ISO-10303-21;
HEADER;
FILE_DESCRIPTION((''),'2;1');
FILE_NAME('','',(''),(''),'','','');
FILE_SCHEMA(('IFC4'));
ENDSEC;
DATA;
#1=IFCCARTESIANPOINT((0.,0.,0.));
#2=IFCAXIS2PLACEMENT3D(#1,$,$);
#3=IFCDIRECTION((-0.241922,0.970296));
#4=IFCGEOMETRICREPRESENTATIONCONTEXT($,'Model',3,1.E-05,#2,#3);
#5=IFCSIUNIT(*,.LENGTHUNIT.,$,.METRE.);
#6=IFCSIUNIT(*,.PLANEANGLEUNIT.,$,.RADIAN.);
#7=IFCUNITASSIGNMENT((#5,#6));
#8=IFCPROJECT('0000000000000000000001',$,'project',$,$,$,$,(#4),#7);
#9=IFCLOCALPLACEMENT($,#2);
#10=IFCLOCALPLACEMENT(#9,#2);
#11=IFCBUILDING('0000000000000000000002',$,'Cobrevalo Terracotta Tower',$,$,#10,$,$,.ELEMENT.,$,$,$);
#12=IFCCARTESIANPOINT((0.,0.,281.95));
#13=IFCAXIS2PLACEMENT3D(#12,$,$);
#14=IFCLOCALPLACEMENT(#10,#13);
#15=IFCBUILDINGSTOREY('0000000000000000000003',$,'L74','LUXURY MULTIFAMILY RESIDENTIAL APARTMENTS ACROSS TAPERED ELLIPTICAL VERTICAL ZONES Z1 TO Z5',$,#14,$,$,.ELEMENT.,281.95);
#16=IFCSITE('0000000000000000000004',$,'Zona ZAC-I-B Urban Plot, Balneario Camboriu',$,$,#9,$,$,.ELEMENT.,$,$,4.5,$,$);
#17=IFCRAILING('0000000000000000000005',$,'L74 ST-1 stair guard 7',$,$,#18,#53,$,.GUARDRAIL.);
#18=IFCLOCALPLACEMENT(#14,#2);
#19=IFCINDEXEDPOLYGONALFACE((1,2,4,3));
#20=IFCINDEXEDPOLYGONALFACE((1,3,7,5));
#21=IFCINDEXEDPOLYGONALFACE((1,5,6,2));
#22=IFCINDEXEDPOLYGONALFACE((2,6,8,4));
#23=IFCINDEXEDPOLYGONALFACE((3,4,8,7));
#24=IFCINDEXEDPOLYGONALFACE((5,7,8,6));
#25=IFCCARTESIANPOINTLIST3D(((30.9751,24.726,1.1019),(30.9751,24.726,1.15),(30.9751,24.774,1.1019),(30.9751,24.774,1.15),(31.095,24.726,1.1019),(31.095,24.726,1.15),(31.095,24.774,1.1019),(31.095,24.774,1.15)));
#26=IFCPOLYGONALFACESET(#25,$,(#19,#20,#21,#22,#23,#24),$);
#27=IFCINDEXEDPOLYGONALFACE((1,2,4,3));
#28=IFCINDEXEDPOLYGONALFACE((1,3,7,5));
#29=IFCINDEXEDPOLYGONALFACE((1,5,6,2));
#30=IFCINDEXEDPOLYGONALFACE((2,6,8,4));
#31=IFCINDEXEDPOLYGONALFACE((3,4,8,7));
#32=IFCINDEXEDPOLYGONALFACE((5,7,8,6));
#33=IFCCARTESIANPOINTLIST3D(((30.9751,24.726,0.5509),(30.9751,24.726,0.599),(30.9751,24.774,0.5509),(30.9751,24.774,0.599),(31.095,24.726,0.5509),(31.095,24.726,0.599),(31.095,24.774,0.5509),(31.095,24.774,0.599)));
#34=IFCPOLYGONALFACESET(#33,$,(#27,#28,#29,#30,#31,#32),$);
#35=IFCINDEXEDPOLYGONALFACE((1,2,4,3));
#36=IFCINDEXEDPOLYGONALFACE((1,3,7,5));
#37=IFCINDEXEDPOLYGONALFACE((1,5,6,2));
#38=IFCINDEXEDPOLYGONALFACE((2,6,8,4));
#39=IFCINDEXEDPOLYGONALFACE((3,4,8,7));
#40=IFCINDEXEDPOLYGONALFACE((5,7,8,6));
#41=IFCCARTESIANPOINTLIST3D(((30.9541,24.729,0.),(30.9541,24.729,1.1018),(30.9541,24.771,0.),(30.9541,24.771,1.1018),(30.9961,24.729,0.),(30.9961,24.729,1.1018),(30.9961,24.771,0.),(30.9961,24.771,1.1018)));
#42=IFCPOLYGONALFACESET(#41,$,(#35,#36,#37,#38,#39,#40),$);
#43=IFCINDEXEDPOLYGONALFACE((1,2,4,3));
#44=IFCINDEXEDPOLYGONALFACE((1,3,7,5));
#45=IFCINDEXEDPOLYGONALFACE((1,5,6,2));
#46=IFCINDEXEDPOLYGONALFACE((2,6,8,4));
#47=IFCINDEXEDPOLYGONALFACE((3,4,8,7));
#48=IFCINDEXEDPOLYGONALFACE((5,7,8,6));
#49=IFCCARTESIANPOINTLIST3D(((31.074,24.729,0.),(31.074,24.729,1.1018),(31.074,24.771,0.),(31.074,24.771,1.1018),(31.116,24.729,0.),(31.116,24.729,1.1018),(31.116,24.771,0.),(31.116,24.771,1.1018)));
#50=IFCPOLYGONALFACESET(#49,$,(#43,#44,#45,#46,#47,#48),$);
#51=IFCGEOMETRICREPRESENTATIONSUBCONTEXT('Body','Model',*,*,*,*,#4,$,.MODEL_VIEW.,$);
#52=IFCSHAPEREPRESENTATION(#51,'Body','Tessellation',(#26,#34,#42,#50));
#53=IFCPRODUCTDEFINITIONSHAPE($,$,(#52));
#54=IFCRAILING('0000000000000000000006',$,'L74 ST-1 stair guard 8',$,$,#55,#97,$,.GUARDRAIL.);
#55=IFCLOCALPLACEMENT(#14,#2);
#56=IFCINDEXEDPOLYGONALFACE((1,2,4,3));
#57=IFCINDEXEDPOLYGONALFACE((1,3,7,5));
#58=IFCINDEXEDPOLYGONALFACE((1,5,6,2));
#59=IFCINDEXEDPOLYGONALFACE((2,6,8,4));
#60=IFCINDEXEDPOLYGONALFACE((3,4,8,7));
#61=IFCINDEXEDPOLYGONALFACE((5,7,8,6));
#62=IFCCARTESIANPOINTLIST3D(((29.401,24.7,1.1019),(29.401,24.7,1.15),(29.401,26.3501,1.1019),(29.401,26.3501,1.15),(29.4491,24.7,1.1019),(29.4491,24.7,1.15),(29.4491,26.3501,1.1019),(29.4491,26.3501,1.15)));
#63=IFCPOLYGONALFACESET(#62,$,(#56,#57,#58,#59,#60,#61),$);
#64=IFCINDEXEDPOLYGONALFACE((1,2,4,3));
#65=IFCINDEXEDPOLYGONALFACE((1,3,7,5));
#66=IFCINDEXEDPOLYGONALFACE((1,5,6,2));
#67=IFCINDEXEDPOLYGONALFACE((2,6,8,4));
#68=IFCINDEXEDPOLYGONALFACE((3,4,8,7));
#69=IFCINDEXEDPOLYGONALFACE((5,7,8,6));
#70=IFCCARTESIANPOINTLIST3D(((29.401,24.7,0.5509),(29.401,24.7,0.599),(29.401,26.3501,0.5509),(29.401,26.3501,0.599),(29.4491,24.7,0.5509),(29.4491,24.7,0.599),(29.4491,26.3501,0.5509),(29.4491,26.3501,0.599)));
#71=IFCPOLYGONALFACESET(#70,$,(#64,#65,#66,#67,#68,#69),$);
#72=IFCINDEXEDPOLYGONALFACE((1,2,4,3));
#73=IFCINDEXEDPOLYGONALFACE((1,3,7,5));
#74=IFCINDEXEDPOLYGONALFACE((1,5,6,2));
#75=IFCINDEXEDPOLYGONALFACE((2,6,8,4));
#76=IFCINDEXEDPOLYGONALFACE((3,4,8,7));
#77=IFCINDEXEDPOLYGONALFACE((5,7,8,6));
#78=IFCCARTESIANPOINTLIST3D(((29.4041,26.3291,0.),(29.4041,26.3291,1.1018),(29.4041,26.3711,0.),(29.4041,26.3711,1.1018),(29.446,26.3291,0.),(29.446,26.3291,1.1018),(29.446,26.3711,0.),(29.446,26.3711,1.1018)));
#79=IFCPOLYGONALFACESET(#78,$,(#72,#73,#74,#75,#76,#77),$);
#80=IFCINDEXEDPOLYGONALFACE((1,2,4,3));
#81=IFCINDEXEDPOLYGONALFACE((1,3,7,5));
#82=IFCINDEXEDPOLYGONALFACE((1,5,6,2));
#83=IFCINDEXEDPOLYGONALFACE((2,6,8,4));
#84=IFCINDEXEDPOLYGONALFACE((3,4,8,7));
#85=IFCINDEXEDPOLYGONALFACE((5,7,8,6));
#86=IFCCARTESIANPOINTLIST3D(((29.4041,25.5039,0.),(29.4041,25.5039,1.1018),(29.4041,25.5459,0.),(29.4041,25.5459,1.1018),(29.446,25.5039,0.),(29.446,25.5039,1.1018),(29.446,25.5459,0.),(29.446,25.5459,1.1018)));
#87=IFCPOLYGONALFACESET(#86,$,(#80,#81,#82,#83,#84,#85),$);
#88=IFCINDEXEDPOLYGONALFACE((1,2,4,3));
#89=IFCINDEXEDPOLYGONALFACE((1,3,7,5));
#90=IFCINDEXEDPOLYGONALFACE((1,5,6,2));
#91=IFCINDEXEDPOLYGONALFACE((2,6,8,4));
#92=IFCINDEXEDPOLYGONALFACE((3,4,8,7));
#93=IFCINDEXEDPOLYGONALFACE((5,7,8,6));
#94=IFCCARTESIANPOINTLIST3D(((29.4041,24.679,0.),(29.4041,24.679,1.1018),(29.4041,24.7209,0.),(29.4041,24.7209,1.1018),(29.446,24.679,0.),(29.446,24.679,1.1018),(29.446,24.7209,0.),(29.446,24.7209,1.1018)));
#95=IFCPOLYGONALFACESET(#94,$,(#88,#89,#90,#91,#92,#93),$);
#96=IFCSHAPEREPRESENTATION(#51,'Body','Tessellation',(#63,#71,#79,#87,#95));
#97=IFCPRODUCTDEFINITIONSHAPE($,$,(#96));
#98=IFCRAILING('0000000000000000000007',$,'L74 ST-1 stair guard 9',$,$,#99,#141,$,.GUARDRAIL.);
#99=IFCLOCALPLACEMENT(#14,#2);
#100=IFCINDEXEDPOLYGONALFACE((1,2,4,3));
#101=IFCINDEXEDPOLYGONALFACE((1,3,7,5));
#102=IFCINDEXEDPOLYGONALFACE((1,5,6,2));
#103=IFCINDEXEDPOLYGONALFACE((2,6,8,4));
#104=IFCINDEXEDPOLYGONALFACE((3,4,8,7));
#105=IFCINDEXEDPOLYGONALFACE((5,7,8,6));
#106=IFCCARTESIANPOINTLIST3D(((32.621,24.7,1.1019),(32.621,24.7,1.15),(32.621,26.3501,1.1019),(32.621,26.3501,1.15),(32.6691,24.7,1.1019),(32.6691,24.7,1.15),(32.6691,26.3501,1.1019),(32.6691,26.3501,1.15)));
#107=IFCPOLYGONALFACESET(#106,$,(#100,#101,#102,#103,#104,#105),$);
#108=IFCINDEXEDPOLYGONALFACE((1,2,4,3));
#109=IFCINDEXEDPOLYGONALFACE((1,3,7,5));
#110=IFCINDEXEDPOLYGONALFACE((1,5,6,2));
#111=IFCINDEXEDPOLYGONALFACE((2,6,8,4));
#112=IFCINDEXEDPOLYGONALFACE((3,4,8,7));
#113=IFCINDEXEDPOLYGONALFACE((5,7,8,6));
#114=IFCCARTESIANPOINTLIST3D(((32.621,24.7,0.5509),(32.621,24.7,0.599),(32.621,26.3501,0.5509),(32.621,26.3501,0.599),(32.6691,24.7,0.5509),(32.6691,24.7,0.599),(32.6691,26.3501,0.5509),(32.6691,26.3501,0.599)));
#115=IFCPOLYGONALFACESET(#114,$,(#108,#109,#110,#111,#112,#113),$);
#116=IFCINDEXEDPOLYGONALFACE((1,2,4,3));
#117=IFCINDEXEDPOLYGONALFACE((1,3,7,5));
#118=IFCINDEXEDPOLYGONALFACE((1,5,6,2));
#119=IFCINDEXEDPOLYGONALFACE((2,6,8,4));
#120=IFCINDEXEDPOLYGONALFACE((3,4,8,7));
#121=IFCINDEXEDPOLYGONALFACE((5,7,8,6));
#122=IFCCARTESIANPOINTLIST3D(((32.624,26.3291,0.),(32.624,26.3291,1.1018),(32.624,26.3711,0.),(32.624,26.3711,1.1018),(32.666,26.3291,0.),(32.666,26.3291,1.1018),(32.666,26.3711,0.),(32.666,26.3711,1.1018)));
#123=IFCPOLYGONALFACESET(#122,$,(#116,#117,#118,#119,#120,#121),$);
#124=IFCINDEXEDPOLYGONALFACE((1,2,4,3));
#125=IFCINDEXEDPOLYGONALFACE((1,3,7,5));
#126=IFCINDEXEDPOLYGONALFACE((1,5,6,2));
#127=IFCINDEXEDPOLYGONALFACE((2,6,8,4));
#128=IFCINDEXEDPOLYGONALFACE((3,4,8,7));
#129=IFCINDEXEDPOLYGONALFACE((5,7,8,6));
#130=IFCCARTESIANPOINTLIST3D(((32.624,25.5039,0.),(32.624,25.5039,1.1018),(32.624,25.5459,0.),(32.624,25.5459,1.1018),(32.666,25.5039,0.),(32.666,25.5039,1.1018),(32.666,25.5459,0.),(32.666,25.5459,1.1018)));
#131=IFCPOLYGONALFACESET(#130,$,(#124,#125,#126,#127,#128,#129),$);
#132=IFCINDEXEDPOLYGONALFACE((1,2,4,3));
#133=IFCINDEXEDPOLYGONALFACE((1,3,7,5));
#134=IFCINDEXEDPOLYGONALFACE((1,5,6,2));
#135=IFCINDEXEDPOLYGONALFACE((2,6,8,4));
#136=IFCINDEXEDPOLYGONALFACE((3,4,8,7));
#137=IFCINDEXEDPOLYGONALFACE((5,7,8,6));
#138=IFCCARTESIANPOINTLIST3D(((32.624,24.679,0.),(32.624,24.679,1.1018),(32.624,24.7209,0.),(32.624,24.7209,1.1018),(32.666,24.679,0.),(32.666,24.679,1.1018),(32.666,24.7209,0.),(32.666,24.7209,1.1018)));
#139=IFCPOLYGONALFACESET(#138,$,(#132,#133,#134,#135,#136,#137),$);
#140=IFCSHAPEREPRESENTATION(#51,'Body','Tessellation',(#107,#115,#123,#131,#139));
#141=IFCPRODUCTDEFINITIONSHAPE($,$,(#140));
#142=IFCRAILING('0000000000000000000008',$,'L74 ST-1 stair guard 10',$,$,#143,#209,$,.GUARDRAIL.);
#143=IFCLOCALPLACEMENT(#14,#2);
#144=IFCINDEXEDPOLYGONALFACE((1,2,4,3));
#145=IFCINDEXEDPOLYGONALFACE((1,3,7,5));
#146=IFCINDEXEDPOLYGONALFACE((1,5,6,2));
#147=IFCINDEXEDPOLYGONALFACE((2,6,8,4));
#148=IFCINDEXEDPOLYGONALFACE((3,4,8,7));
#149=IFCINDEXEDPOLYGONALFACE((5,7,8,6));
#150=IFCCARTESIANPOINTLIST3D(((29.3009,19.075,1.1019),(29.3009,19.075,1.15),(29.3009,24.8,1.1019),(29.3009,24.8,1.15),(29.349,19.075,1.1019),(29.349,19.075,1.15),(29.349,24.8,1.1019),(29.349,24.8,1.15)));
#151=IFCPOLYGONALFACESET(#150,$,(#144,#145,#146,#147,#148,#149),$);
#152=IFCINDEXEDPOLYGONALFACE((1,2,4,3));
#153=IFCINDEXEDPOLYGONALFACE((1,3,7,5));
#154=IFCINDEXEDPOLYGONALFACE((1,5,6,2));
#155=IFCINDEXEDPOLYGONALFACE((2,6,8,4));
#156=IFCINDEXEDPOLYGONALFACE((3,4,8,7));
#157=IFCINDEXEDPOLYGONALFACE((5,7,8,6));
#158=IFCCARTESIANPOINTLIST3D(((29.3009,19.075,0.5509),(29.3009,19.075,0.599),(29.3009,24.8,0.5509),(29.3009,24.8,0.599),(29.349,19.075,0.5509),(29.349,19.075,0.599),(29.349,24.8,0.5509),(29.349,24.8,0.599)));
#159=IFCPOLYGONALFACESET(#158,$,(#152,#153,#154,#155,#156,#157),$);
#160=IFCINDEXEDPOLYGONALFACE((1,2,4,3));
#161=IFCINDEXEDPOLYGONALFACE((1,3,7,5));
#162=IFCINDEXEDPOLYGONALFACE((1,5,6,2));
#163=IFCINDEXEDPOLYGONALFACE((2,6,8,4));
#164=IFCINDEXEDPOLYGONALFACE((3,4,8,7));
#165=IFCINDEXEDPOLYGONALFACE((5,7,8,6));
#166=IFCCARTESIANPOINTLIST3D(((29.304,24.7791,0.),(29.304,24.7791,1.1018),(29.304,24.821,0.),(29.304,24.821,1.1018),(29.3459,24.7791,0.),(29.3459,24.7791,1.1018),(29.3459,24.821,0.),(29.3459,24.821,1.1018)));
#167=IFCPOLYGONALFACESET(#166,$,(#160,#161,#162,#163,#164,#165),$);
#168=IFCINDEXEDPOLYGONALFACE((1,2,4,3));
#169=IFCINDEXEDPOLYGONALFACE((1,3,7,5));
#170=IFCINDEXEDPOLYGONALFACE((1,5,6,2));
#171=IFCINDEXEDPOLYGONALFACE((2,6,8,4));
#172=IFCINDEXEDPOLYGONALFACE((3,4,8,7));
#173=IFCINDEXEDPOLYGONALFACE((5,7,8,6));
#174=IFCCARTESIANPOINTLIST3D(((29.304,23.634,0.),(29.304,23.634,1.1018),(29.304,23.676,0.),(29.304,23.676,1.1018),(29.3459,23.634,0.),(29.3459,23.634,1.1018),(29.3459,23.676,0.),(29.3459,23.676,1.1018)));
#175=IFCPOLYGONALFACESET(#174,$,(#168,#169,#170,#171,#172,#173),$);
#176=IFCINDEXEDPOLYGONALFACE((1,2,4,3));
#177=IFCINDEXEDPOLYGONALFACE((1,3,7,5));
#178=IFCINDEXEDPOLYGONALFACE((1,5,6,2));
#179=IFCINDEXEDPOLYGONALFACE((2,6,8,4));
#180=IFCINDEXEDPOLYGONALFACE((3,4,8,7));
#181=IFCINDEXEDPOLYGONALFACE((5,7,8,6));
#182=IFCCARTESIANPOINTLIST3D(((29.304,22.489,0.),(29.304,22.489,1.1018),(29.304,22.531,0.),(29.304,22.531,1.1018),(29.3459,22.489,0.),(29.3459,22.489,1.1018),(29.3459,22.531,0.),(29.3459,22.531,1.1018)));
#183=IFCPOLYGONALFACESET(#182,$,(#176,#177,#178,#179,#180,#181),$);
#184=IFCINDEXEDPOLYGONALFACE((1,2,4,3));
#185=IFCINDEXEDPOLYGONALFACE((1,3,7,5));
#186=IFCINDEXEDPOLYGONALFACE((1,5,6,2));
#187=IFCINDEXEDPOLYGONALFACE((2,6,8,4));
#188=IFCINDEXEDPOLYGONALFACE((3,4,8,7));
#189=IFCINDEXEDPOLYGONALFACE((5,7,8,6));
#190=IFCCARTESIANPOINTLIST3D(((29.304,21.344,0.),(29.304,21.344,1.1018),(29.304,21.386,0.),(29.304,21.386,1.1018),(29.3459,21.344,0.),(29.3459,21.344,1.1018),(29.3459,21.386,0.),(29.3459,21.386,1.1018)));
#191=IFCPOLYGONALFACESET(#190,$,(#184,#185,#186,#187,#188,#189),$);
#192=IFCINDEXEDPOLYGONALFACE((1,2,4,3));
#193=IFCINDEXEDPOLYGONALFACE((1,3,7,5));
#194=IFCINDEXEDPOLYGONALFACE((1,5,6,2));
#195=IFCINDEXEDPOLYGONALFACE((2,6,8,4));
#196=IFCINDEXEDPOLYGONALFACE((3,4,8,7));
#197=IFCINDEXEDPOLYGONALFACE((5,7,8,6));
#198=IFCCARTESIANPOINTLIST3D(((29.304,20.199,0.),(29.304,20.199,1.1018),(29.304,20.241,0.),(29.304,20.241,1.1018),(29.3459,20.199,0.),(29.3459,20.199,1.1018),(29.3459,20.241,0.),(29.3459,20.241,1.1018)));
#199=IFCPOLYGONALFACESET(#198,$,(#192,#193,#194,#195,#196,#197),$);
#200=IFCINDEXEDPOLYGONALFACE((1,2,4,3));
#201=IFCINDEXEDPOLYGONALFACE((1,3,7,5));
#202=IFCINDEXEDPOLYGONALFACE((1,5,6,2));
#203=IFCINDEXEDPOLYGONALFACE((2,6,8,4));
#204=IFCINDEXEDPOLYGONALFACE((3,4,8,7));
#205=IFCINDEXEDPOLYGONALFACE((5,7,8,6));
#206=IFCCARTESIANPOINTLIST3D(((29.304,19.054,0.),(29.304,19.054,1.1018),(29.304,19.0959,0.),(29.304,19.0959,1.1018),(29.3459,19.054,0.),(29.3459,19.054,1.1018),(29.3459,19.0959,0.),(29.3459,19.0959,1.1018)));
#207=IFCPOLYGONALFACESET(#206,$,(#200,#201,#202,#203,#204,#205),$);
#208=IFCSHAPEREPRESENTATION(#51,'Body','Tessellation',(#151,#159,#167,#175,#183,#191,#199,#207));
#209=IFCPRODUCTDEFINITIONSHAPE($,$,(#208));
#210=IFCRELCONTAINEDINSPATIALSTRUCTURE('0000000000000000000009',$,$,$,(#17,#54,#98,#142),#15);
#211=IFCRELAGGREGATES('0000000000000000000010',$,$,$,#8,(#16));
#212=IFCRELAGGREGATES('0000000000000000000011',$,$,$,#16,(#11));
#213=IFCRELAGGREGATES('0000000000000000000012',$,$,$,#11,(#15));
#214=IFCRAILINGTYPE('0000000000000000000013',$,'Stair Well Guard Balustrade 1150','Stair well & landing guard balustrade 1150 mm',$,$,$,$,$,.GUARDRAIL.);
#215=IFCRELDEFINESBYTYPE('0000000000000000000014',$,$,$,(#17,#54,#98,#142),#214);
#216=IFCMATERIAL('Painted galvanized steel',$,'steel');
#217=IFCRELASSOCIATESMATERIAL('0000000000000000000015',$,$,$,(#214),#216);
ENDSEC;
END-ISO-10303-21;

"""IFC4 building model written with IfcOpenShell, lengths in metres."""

from ifc_helpers import new_model, si_unit, direction, frame, origin, origin_2d, place, context, subcontext, project, spatial, rectangle, extrude, material, type_object, element, save


model = new_model("IFC4")

# Units and contexts
model_context = context("Model", 3, precision=1e-05, world=origin(), true_north=direction((-0.241922, 0.970296)))
body_context = subcontext(model_context, "Body", "Model", "MODEL_VIEW")
ifc_project = project(units=[si_unit("LENGTHUNIT", "METRE"), si_unit("PLANEANGLEUNIT", "RADIAN")], contexts=[model_context])

# Site, building, storey
site_placement = place(None, origin())
site = spatial("IfcSite", under=ifc_project, at=site_placement, Name="Zona ZAC-I-B Urban Plot, Balneario Camboriu", CompositionType="ELEMENT", RefElevation=4.5)
building_placement = place(site_placement, origin())
building = spatial("IfcBuilding", under=site, at=building_placement, Name="Cobrevalo Terracotta Tower", CompositionType="ELEMENT")
storey_placement = place(building_placement, frame((0.0, 0.0, 281.95)))
storey = spatial("IfcBuildingStorey", under=building, at=storey_placement, Name="L74", Description="LUXURY MULTIFAMILY RESIDENTIAL APARTMENTS ACROSS TAPERED ELLIPTICAL VERTICAL ZONES Z1 TO Z5", CompositionType="ELEMENT", Elevation=281.95)

# Railings
ifc_material_1 = material(Name="Painted galvanized steel", Category="steel")
railing_type_1 = type_object("IfcRailingType", Name="Stair Well Guard Balustrade 1150", Description="Stair well & landing guard balustrade 1150 mm", PredefinedType="GUARDRAIL", material=ifc_material_1)
railing_1_placement = place(storey_placement, frame((30.9751, 24.75, 0.0)))
element("IfcRailing", 1, at=railing_1_placement, inside=storey, type_object=railing_type_1, Name="L74 ST-1 stair guard 7", PredefinedType="GUARDRAIL", context=body_context, shape_type="SweptSolid", body=[
    extrude(rectangle(XDim=0.0481, YDim=0.0481, at=origin_2d()), frame((0.0, 0.0, 1.126), z_axis=(1.0, 0.0, 0.0), x_axis=(0.0, 1.0, 0.0)), (0.0, 0.0, 1.0), 0.1199),
    extrude(rectangle(XDim=0.0481, YDim=0.0481, at=origin_2d()), frame((0.0, 0.0, 0.575), z_axis=(1.0, 0.0, 0.0), x_axis=(0.0, 1.0, 0.0)), (0.0, 0.0, 1.0), 0.1199),
    extrude(rectangle(XDim=0.042, YDim=0.042, at=origin_2d()), origin(), (0.0, 0.0, 1.0), 1.1018),
    extrude(rectangle(XDim=0.042, YDim=0.042, at=origin_2d()), frame((0.1199, 0.0, 0.0)), (0.0, 0.0, 1.0), 1.1018),
])
for number, where, name in (
    (2, (29.425, 26.3501, 0.0), "L74 ST-1 stair guard 8"),
    (3, (32.645, 26.3501, 0.0), "L74 ST-1 stair guard 9"),
):
    element("IfcRailing", number, at=place(storey_placement, frame(where)), inside=storey, type_object=railing_type_1, Name=name, PredefinedType="GUARDRAIL", context=body_context, shape_type="SweptSolid", body=[
        extrude(rectangle(XDim=0.0481, YDim=0.0481, at=origin_2d()), frame((0.0, 0.0, 1.126), z_axis=(0.0, -1.0, 0.0), x_axis=(1.0, 0.0, 0.0)), (0.0, 0.0, 1.0), 1.6501),
        extrude(rectangle(XDim=0.0481, YDim=0.0481, at=origin_2d()), frame((0.0, 0.0, 0.575), z_axis=(0.0, -1.0, 0.0), x_axis=(1.0, 0.0, 0.0)), (0.0, 0.0, 1.0), 1.6501),
        extrude(rectangle(XDim=0.042, YDim=0.042, at=origin_2d()), origin(), (0.0, 0.0, 1.0), 1.1018),
        extrude(rectangle(XDim=0.042, YDim=0.042, at=origin_2d()), frame((0.0, -0.8252, 0.0)), (0.0, 0.0, 1.0), 1.1018),
        extrude(rectangle(XDim=0.042, YDim=0.042, at=origin_2d()), frame((0.0, -1.6501, 0.0)), (0.0, 0.0, 1.0), 1.1018),
    ])
for number, where, name in (
    (4, (29.325, 24.8, 0.0), "L74 ST-1 stair guard 10"),
):
    element("IfcRailing", number, at=place(storey_placement, frame(where)), inside=storey, type_object=railing_type_1, Name=name, PredefinedType="GUARDRAIL", context=body_context, shape_type="SweptSolid", body=[
        extrude(rectangle(XDim=0.0481, YDim=0.0481, at=origin_2d()), frame((0.0, 0.0, 1.126), z_axis=(0.0, -1.0, 0.0), x_axis=(1.0, 0.0, 0.0)), (0.0, 0.0, 1.0), 5.7251),
        extrude(rectangle(XDim=0.0481, YDim=0.0481, at=origin_2d()), frame((0.0, 0.0, 0.575), z_axis=(0.0, -1.0, 0.0), x_axis=(1.0, 0.0, 0.0)), (0.0, 0.0, 1.0), 5.7251),
        extrude(rectangle(XDim=0.042, YDim=0.042, at=origin_2d()), origin(), (0.0, 0.0, 1.0), 1.1018),
        extrude(rectangle(XDim=0.042, YDim=0.042, at=origin_2d()), frame((0.0, -1.145, 0.0)), (0.0, 0.0, 1.0), 1.1018),
        extrude(rectangle(XDim=0.042, YDim=0.042, at=origin_2d()), frame((0.0, -2.29, 0.0)), (0.0, 0.0, 1.0), 1.1018),
        extrude(rectangle(XDim=0.042, YDim=0.042, at=origin_2d()), frame((0.0, -3.4351, 0.0)), (0.0, 0.0, 1.0), 1.1018),
        extrude(rectangle(XDim=0.042, YDim=0.042, at=origin_2d()), frame((0.0, -4.5801, 0.0)), (0.0, 0.0, 1.0), 1.1018),
        extrude(rectangle(XDim=0.042, YDim=0.042, at=origin_2d()), frame((0.0, -5.7251, 0.0)), (0.0, 0.0, 1.0), 1.1018),
    ])

save(model, "model.ifc")
